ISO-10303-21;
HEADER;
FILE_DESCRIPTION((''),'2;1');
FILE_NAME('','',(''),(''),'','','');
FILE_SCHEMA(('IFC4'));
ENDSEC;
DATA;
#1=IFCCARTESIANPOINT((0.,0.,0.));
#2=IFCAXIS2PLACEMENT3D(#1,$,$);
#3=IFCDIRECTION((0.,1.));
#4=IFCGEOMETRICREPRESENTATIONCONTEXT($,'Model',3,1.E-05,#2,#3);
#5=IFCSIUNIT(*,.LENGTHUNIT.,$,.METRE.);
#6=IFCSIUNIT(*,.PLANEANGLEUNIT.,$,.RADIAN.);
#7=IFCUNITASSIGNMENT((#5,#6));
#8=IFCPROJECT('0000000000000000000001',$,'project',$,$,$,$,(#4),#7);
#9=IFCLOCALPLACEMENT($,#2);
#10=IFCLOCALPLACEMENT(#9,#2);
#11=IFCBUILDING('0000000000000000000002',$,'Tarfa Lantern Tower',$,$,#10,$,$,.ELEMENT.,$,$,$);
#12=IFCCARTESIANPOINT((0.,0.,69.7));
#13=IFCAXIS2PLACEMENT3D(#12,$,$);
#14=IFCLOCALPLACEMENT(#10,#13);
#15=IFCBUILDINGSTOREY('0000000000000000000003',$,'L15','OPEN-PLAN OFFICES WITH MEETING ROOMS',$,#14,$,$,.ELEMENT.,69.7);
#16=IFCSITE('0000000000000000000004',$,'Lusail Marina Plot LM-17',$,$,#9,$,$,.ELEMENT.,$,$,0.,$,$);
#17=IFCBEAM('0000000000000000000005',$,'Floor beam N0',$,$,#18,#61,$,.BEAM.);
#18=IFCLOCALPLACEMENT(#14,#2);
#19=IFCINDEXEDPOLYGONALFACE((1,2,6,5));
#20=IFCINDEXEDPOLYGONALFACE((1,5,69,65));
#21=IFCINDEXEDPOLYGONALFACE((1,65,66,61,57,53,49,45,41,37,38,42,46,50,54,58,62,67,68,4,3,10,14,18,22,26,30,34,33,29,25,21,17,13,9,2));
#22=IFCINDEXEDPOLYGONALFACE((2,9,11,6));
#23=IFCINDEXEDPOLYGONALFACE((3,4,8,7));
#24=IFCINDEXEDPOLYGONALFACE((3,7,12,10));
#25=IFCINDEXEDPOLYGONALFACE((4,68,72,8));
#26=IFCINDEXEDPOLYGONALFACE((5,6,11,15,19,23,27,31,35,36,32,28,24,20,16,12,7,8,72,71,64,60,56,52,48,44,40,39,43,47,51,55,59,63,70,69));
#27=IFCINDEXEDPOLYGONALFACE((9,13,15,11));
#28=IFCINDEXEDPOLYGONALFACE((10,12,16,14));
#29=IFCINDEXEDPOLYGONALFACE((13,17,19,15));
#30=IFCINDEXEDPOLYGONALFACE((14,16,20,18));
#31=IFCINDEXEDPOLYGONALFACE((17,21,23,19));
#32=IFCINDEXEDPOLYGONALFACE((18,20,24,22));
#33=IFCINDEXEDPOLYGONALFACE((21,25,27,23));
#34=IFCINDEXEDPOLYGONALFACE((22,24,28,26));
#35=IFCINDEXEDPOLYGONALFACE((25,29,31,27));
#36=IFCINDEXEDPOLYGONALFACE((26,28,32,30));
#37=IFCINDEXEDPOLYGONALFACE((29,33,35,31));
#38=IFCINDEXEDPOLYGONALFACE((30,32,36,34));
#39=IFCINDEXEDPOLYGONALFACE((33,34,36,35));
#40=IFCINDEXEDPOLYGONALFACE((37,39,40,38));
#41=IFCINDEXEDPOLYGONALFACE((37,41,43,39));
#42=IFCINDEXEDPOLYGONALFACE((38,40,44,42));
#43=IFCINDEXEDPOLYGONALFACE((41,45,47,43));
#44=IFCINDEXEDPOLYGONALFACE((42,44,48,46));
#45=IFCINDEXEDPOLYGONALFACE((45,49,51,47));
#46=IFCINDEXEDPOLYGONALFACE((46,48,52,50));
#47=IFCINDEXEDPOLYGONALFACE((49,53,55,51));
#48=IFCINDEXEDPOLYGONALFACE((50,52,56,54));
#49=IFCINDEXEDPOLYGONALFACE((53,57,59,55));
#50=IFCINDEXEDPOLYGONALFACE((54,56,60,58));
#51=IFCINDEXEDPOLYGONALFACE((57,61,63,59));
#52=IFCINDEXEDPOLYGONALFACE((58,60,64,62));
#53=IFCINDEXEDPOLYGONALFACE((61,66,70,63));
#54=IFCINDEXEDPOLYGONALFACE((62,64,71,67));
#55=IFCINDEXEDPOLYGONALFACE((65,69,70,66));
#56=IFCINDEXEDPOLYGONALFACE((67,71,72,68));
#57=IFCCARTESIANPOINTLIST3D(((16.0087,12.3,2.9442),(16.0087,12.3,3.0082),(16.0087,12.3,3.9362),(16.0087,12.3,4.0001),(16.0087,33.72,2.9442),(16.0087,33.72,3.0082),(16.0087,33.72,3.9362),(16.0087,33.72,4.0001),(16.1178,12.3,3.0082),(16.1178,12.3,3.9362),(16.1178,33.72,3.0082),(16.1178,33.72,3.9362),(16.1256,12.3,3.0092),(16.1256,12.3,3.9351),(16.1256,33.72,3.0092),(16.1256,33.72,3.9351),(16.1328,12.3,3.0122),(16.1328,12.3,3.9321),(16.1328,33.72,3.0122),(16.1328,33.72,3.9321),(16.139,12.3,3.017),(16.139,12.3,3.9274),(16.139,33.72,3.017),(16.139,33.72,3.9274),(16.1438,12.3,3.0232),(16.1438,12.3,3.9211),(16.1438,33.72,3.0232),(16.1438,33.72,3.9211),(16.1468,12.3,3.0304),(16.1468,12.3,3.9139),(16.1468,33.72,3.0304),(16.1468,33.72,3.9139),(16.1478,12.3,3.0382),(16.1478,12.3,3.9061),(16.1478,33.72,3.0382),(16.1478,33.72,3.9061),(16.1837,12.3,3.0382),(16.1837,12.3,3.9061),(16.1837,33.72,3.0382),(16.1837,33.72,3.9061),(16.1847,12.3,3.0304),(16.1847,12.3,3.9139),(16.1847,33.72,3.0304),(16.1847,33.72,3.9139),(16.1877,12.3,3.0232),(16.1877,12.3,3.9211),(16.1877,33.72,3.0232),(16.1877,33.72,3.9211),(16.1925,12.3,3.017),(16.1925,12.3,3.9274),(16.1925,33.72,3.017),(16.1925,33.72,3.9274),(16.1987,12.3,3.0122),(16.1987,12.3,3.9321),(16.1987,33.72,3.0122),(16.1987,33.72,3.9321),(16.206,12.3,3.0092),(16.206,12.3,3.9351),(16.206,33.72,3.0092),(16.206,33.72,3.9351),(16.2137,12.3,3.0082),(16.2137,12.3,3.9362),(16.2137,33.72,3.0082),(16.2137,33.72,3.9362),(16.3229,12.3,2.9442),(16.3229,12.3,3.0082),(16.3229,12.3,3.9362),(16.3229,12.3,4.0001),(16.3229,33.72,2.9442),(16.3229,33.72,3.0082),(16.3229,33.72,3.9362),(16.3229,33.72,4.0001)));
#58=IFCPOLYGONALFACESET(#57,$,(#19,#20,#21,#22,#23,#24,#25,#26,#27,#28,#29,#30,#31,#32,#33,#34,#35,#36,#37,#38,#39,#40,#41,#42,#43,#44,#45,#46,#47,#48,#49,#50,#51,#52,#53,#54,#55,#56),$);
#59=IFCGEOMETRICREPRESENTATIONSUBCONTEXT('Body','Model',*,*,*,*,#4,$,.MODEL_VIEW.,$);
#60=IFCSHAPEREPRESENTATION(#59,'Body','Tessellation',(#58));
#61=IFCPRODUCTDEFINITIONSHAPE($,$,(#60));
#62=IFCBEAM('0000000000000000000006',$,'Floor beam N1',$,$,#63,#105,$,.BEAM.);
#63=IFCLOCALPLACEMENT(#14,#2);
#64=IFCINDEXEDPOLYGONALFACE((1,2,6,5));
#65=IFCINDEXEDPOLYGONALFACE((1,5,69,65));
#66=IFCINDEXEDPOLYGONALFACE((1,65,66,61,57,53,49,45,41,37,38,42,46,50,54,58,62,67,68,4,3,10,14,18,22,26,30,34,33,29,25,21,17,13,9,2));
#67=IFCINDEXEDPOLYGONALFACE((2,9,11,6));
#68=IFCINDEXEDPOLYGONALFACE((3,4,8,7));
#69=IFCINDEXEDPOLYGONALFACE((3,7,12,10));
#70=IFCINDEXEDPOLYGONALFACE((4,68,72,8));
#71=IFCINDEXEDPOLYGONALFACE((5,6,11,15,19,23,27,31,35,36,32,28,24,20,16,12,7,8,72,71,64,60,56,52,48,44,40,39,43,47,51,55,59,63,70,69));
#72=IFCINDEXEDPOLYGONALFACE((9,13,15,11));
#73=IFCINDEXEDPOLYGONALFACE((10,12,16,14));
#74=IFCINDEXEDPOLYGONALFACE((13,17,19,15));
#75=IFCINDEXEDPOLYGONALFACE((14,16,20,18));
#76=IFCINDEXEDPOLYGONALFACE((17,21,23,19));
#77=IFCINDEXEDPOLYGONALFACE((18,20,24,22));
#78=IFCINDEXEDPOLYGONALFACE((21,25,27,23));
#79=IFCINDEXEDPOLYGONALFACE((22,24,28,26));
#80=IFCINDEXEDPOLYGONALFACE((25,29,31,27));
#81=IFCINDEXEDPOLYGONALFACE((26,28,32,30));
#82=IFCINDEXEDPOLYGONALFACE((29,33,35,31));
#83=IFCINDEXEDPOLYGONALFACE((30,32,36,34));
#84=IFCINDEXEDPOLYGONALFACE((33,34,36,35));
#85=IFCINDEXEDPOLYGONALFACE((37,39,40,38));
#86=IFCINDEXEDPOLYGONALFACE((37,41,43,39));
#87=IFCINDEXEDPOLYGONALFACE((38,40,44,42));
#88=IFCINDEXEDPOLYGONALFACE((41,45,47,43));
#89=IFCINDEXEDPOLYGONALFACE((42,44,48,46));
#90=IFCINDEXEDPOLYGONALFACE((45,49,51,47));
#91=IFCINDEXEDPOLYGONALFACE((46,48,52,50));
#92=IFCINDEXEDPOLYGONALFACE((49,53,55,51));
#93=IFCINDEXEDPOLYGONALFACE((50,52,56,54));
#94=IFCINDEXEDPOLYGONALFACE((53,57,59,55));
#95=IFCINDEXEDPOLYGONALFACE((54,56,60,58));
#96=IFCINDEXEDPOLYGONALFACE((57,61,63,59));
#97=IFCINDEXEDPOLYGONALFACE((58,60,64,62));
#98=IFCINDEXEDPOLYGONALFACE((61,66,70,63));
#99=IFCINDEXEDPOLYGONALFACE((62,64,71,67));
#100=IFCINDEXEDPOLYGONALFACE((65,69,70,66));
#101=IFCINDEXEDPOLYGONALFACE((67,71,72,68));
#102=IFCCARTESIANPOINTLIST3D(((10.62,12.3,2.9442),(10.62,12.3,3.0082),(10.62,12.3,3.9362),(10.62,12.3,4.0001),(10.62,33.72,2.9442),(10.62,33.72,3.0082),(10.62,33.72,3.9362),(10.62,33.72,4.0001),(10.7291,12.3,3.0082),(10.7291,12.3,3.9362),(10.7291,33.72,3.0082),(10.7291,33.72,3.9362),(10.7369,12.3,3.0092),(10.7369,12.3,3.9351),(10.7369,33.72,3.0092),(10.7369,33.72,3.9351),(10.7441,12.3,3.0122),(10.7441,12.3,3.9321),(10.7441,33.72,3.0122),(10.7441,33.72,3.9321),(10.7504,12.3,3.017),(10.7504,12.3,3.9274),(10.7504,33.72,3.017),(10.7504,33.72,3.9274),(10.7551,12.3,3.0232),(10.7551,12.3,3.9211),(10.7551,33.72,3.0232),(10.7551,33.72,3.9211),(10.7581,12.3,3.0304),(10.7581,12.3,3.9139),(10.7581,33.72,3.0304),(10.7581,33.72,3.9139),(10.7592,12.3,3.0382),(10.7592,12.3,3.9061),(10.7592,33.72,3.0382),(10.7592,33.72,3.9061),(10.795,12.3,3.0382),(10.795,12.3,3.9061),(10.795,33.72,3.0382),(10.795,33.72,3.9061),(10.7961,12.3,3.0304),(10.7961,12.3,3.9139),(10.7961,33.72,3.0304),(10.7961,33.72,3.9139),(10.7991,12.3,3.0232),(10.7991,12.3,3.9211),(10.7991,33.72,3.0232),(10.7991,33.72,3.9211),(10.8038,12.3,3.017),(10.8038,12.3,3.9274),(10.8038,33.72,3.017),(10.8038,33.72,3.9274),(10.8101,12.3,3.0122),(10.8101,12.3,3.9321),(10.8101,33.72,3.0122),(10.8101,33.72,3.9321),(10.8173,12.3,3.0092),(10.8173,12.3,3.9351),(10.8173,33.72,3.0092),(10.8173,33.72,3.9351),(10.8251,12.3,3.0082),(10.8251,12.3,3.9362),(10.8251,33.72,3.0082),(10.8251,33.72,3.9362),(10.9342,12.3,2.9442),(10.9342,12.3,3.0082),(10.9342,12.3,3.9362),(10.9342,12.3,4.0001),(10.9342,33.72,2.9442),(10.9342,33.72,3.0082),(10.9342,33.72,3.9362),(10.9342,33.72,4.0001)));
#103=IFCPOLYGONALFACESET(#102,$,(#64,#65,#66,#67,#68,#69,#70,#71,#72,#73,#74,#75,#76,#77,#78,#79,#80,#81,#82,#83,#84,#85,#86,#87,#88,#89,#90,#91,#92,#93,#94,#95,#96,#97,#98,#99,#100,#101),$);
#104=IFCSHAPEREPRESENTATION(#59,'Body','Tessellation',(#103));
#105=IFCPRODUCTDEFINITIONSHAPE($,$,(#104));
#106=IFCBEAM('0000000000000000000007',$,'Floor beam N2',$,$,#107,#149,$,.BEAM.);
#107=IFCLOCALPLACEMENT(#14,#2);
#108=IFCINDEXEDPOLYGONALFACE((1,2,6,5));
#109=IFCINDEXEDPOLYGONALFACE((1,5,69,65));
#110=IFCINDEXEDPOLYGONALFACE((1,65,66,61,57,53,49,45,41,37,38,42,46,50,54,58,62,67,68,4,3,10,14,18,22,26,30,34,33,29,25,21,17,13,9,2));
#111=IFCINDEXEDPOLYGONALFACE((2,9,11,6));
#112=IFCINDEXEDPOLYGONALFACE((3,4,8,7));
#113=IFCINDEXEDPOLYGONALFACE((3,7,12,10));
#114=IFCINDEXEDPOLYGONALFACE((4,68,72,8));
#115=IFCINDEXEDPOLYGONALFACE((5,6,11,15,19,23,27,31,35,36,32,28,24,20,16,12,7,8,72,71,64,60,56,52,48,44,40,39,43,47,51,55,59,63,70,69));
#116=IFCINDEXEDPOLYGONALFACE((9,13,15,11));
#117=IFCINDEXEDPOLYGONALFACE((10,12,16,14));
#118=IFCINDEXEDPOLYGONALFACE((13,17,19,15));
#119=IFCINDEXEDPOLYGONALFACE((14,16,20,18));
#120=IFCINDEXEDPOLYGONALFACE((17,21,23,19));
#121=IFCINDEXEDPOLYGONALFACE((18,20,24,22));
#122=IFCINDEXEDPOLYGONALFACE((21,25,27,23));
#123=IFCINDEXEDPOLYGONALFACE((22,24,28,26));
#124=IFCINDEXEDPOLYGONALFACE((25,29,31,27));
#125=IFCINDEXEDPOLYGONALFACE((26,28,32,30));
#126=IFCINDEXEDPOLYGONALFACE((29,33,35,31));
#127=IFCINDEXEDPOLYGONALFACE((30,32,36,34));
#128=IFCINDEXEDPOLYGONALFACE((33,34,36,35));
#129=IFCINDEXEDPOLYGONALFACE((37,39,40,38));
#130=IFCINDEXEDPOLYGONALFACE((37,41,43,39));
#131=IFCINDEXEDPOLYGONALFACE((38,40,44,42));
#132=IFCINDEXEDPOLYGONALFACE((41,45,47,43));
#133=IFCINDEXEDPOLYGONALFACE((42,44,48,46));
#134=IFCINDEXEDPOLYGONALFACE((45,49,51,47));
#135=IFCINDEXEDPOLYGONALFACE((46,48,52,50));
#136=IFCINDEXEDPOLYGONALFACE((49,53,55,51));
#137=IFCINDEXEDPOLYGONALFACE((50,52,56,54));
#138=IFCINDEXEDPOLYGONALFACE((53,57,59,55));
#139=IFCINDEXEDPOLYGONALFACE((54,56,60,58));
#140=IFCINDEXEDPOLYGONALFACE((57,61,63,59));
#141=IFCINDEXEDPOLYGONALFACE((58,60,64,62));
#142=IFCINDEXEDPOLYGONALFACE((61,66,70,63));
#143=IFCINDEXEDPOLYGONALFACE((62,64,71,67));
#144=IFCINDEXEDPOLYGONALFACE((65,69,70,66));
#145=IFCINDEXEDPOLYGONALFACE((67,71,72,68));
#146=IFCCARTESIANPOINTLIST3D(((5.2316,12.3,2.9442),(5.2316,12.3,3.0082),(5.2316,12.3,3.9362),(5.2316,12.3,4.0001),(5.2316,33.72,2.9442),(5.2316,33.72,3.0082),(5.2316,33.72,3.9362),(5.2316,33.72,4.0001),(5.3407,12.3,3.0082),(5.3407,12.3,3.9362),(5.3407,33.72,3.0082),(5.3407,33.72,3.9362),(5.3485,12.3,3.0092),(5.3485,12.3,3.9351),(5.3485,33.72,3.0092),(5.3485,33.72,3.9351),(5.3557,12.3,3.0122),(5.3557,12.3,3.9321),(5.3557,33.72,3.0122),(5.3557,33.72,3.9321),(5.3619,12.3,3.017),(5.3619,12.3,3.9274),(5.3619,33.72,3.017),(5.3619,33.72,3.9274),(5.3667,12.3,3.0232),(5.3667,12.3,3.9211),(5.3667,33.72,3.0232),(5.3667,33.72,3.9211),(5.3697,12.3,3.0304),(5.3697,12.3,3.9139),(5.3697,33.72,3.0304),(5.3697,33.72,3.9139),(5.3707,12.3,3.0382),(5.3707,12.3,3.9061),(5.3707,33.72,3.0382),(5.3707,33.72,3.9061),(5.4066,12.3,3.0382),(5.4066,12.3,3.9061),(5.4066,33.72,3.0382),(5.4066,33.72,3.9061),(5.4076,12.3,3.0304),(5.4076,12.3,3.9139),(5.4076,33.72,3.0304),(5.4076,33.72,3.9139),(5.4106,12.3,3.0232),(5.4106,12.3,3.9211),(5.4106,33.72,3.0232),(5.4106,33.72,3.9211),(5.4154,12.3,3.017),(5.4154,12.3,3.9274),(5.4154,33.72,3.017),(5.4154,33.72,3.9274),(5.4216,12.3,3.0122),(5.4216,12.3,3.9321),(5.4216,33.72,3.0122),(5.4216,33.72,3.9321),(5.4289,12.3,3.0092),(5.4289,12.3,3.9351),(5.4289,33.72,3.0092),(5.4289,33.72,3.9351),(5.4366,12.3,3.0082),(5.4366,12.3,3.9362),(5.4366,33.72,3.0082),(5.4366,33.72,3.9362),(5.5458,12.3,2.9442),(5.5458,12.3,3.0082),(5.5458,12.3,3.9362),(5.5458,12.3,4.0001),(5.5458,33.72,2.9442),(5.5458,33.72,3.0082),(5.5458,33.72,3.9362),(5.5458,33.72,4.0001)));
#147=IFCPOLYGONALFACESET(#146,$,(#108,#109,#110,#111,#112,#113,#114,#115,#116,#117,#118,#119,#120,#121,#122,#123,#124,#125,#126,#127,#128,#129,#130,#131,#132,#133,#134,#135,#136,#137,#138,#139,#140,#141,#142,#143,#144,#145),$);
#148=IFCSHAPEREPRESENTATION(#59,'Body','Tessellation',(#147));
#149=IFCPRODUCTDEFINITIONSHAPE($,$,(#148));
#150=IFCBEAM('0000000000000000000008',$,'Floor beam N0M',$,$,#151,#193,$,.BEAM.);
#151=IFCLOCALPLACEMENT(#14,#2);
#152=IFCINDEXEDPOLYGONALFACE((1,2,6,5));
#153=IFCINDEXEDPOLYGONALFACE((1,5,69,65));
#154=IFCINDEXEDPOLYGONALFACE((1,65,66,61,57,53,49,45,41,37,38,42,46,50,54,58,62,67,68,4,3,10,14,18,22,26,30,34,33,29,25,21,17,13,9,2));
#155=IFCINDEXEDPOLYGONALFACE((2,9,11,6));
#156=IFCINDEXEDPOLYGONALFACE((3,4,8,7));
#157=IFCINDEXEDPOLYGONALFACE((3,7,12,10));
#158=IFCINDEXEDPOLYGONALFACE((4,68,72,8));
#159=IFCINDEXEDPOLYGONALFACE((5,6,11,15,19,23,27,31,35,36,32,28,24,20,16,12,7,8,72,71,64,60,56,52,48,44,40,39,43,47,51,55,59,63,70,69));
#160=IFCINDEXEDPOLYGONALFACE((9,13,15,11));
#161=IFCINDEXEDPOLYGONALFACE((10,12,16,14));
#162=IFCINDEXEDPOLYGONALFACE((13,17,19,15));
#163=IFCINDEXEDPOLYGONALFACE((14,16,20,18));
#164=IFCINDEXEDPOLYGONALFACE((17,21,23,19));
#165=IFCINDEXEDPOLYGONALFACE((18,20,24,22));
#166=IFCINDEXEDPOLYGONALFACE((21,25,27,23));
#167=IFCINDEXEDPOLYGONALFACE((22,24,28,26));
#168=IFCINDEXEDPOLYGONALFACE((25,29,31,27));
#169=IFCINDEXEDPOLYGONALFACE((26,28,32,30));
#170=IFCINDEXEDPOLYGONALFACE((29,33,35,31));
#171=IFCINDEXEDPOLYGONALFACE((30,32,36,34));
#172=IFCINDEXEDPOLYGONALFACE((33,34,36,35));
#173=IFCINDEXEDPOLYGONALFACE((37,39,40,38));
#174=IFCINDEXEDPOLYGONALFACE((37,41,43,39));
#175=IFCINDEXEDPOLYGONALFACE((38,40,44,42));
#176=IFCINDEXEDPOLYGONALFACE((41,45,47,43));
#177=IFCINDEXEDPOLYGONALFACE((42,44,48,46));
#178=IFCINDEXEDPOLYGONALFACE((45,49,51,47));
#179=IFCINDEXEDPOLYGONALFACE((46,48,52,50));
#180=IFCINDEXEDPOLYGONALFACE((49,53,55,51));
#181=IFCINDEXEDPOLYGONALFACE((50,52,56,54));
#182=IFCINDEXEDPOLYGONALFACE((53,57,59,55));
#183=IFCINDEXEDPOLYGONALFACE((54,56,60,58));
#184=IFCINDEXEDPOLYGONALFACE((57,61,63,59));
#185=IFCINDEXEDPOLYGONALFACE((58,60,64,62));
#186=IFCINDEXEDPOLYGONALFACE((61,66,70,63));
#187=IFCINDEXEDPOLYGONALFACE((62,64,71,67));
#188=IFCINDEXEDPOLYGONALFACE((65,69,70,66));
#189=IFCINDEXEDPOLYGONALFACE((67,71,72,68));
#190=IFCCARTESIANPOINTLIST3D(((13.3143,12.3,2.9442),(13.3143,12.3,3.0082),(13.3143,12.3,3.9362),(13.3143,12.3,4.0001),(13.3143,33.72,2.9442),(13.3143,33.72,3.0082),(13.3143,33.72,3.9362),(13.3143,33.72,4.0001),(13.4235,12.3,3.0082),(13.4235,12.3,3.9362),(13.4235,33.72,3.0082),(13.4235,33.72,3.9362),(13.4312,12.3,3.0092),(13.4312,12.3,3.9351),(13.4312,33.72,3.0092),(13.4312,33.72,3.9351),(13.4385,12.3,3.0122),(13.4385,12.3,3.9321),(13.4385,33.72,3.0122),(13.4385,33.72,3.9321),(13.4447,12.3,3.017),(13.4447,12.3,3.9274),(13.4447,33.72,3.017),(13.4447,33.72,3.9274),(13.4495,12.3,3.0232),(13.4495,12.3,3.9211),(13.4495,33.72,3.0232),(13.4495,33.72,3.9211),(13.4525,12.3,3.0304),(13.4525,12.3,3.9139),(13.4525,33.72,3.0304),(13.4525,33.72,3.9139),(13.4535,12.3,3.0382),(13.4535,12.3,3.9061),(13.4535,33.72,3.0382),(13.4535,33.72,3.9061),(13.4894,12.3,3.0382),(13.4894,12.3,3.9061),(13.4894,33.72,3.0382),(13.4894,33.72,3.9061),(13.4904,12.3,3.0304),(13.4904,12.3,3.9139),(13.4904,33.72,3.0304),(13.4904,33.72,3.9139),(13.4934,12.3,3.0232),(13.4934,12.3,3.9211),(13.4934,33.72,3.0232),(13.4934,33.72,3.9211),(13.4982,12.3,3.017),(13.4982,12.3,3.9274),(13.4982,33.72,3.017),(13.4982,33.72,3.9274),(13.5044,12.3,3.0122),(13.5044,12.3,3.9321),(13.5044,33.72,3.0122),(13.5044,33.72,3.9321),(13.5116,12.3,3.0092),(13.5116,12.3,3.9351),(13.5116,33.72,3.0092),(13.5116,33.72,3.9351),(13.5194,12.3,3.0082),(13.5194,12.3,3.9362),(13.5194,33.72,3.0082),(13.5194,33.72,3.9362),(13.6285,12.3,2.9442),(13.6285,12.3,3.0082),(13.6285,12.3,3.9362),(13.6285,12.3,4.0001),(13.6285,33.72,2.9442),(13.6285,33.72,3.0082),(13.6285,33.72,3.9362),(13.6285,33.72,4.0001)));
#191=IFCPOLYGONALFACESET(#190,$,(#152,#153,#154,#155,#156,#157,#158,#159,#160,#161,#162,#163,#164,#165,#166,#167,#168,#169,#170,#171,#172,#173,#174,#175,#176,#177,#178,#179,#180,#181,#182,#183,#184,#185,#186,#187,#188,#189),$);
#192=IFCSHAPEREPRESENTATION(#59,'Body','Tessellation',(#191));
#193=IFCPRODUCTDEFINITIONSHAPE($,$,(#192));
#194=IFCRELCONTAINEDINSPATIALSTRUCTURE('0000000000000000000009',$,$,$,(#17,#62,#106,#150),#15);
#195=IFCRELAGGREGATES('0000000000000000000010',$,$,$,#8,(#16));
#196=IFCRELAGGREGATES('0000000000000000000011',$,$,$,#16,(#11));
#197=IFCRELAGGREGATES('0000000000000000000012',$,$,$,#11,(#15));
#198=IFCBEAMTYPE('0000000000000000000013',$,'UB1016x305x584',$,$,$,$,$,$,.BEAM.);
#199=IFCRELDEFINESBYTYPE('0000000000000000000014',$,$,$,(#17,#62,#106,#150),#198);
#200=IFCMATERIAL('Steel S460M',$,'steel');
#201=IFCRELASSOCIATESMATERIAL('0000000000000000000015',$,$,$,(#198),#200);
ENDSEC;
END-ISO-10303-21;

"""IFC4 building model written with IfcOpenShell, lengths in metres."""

from ifc_helpers import new_model, si_unit, direction, frame, origin, origin_2d, place, context, subcontext, project, spatial, i_section, extrude, material, material_profile, profile_set, type_object, element, save


model = new_model("IFC4")

# Units and contexts
model_context = context("Model", 3, precision=1e-05, world=origin(), true_north=direction((0.0, 1.0)))
body_context = subcontext(model_context, "Body", "Model", "MODEL_VIEW")
ifc_project = project(units=[si_unit("LENGTHUNIT", "METRE"), si_unit("PLANEANGLEUNIT", "RADIAN")], contexts=[model_context])

# Site, building, storey
site_placement = place(None, origin())
site = spatial("IfcSite", under=ifc_project, at=site_placement, Name="Lusail Marina Plot LM-17", CompositionType="ELEMENT", RefElevation=0.0)
building_placement = place(site_placement, origin())
building = spatial("IfcBuilding", under=site, at=building_placement, Name="Tarfa Lantern Tower", CompositionType="ELEMENT")
storey_placement = place(building_placement, frame((0.0, 0.0, 69.7)))
storey = spatial("IfcBuildingStorey", under=building, at=storey_placement, Name="L15", Description="OPEN-PLAN OFFICES WITH MEETING ROOMS", CompositionType="ELEMENT", Elevation=69.7)

# Beams
ifc_material_1 = material(Name="Steel S460M", Category="steel")
ifc_material_profile_1 = material_profile(ifc_material_1, i_section(OverallWidth=0.3142, OverallDepth=1.0559, WebThickness=0.0359, FlangeThickness=0.064, FilletRadius=0.03, at=origin_2d()), Name="UB1016x305x584")
ifc_profile_set_1 = profile_set([ifc_material_profile_1], Name="Steel S460M")
beam_type_1 = type_object("IfcBeamType", Name="UB1016x305x584", PredefinedType="BEAM", material=ifc_profile_set_1)
for number, where, z_axis, x_axis, name in (
    (1, (16.1658, 33.72, 3.4722), (0.0, -1.0, 0.0), (1.0, 0.0, 0.0), "Floor beam N0"),
    (2, (10.7771, 33.72, 3.4722), (0.0, -1.0, 0.0), (1.0, 0.0, 0.0), "Floor beam N1"),
    (3, (5.3887, 33.72, 3.4722), (0.0, -1.0, 0.0), (1.0, 0.0, 0.0), "Floor beam N2"),
    (4, (13.4714, 33.72, 3.4722), (0.0, -1.0, 0.0), (1.0, 0.0, 0.0), "Floor beam N0M"),
):
    element("IfcBeam", number, at=place(storey_placement, frame(where, z_axis=z_axis, x_axis=x_axis)), inside=storey, type_object=beam_type_1, Name=name, PredefinedType="BEAM", context=body_context, shape_type="SweptSolid", body=[
        extrude(i_section(OverallWidth=0.3142, OverallDepth=1.0559, WebThickness=0.0359, FlangeThickness=0.064, FilletRadius=0.03, at=origin_2d()), origin(), (0.0, 0.0, 1.0), 21.4199),
    ])

save(model, "model.ifc")
